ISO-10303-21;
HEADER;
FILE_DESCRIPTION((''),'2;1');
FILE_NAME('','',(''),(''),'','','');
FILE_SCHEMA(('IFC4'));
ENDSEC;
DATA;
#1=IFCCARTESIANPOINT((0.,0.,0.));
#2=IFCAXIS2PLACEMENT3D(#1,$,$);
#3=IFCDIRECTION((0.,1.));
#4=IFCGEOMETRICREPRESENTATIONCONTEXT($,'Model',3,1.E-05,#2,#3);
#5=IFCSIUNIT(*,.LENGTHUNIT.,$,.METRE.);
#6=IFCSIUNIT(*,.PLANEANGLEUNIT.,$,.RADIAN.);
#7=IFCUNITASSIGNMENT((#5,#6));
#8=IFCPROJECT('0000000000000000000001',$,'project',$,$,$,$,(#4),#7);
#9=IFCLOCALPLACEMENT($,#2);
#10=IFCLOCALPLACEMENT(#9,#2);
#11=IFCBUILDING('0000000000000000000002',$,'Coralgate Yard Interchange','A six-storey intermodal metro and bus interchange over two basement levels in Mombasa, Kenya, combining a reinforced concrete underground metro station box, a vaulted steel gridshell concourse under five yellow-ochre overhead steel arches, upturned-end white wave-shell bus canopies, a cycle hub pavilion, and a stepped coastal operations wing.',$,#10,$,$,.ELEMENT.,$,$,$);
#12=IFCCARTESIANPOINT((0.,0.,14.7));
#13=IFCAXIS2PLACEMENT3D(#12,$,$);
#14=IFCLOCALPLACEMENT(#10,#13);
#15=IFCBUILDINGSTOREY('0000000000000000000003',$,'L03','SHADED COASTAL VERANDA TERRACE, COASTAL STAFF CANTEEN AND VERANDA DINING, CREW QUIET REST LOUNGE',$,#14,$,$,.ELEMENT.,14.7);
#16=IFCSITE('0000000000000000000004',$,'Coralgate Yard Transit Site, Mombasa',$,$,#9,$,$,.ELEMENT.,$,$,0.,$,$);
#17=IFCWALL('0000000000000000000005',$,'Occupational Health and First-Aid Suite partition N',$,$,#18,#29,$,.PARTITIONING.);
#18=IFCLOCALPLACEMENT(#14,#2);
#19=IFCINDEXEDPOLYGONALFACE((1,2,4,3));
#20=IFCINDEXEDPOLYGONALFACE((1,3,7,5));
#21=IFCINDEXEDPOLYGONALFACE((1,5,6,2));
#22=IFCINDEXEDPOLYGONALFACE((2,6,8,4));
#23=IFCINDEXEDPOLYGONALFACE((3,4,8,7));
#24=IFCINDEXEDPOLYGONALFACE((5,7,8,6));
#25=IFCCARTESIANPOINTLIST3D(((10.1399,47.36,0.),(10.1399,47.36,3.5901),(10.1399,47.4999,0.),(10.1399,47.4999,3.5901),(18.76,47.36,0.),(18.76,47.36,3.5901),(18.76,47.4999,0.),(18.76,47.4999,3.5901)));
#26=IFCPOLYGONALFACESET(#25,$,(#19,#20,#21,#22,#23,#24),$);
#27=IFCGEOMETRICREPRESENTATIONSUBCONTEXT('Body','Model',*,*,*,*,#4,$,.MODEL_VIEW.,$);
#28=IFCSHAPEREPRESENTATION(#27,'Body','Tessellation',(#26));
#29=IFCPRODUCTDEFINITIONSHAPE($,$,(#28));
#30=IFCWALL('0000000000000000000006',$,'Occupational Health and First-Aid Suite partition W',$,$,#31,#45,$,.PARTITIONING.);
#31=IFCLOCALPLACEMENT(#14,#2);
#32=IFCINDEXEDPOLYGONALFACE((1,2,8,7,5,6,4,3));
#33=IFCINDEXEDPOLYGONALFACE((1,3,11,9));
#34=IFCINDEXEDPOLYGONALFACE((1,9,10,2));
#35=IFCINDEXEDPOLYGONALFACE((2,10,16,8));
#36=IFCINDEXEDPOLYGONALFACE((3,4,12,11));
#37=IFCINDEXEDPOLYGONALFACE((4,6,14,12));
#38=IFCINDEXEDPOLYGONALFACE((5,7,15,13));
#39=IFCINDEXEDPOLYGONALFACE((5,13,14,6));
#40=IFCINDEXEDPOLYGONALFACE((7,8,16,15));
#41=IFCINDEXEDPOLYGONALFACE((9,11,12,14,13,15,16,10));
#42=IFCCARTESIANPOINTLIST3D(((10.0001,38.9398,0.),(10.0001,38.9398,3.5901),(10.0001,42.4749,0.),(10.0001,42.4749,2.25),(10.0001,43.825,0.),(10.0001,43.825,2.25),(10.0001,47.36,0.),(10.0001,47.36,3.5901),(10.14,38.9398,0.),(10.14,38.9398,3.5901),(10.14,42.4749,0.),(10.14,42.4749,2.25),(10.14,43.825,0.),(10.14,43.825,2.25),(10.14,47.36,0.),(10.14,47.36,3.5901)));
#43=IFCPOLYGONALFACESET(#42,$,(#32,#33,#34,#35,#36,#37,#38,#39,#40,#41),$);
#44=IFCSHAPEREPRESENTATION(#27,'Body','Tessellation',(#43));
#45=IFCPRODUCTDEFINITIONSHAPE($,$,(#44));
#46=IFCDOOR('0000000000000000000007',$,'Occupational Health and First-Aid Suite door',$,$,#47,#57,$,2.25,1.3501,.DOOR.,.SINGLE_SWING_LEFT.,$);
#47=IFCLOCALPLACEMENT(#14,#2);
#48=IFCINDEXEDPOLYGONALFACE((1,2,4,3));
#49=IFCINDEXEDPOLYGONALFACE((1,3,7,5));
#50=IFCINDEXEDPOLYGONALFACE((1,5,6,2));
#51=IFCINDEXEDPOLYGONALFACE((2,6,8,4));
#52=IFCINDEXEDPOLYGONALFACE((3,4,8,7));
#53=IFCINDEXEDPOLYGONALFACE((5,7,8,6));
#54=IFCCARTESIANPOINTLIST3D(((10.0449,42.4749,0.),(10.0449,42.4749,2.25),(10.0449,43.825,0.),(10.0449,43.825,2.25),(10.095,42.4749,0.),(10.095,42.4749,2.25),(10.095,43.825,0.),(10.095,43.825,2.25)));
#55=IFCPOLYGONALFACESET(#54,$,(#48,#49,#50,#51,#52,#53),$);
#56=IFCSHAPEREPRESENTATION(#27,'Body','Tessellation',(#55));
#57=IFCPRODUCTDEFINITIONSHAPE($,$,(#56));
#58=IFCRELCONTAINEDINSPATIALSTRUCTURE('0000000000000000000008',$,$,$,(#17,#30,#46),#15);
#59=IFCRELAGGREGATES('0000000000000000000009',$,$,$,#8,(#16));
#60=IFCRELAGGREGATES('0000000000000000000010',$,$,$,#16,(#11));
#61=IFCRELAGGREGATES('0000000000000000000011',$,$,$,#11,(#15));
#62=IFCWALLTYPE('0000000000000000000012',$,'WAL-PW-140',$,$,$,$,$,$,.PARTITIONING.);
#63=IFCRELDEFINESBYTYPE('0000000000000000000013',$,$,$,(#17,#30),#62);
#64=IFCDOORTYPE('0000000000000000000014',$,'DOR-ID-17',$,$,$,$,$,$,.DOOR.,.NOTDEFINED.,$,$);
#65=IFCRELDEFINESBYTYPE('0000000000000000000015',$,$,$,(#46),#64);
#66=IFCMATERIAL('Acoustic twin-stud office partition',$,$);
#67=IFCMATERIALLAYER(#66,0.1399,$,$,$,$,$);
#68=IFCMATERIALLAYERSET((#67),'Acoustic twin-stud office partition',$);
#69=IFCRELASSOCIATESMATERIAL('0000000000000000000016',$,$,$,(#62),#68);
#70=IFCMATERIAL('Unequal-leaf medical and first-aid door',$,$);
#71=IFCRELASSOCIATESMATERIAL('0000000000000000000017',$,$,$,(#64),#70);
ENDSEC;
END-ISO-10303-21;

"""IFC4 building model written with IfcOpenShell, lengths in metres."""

from ifc_helpers import new_model, si_unit, direction, frame, frame_2d, origin, place, context, subcontext, project, spatial, rectangle, extrude, material, layer, layer_set, type_object, element, fill, save


model = new_model("IFC4")

# Units and contexts
model_context = context("Model", 3, precision=1e-05, world=origin(), true_north=direction((0.0, 1.0)))
body_context = subcontext(model_context, "Body", "Model", "MODEL_VIEW")
ifc_project = project(units=[si_unit("LENGTHUNIT", "METRE"), si_unit("PLANEANGLEUNIT", "RADIAN")], contexts=[model_context])

# Site, building, storey
site_placement = place(None, origin())
site = spatial("IfcSite", under=ifc_project, at=site_placement, Name="Coralgate Yard Transit Site, Mombasa", CompositionType="ELEMENT", RefElevation=0.0)
building_placement = place(site_placement, origin())
building = spatial("IfcBuilding", under=site, at=building_placement, Name="Coralgate Yard Interchange", Description="A six-storey intermodal metro and bus interchange over two basement levels in Mombasa, Kenya, combining a reinforced concrete underground metro station box, a vaulted steel gridshell concourse under five yellow-ochre overhead steel arches, upturned-end white wave-shell bus canopies, a cycle hub pavilion, and a stepped coastal operations wing.", CompositionType="ELEMENT")
storey_placement = place(building_placement, frame((0.0, 0.0, 14.7)))
storey = spatial("IfcBuildingStorey", under=building, at=storey_placement, Name="L03", Description="SHADED COASTAL VERANDA TERRACE, COASTAL STAFF CANTEEN AND VERANDA DINING, CREW QUIET REST LOUNGE", CompositionType="ELEMENT", Elevation=14.7)

# Wall
ifc_material_1 = material(Name="Acoustic twin-stud office partition")
ifc_layer_1 = layer(ifc_material_1, 0.1399)
ifc_layer_set_1 = layer_set([ifc_layer_1], Name="Acoustic twin-stud office partition")
wall_type = type_object("IfcWallType", Name="WAL-PW-140", PredefinedType="PARTITIONING", material=ifc_layer_set_1)
wall_1_placement = place(storey_placement, frame((10.1399, 47.4299, 0.0), z_axis=(0.0, 0.0, 1.0), x_axis=(1.0, 0.0, 0.0)))
element("IfcWall", 1, at=wall_1_placement, inside=storey, type_object=wall_type, Name="Occupational Health and First-Aid Suite partition N", PredefinedType="PARTITIONING", context=body_context, shape_type="SweptSolid", body=[
    extrude(rectangle(XDim=8.6201, YDim=0.1399, at=frame_2d((4.3101, 0.0))), origin(), (0.0, 0.0, 1.0), 3.5901),
])

# Wall, opening, door
wall_2_placement = place(storey_placement, frame((10.0701, 38.9399, 0.0), z_axis=(0.0, 0.0, 1.0), x_axis=(0.0, 1.0, 0.0)))
wall_2 = element("IfcWall", 2, at=wall_2_placement, inside=storey, type_object=wall_type, Name="Occupational Health and First-Aid Suite partition W", PredefinedType="PARTITIONING", context=body_context, shape_type="SweptSolid", body=[
    extrude(rectangle(XDim=8.4202, YDim=0.1399, at=frame_2d((4.21, 0.0))), origin(), (0.0, 0.0, 1.0), 3.5901),
])
opening_placement = place(wall_2_placement, frame((3.5349, 0.0, 0.0)))
opening = element("IfcOpeningElement", 3, at=opening_placement, cuts=wall_2, PredefinedType="OPENING", context=body_context, shape_type="SweptSolid", body=[
    extrude(rectangle(XDim=1.3501, YDim=2.25, at=frame_2d((0.675, 1.125))), frame((0.0, 0.0798, 0.0), z_axis=(0.0, -1.0, 0.0), x_axis=(1.0, 0.0, 0.0)), (0.0, 0.0, 1.0), 0.1599),
])
ifc_material_2 = material(Name="Unequal-leaf medical and first-aid door")
door_type = type_object("IfcDoorType", Name="DOR-ID-17", OperationType="NOTDEFINED", PredefinedType="DOOR", material=ifc_material_2)
door_placement = place(opening_placement, frame((1.3501, 0.0, 0.0), z_axis=(0.0, 0.0, 1.0), x_axis=(-1.0, 0.0, 0.0)))
door = element("IfcDoor", 4, at=door_placement, inside=storey, type_object=door_type, Name="Occupational Health and First-Aid Suite door", OperationType="SINGLE_SWING_LEFT", OverallHeight=2.25, OverallWidth=1.3501, PredefinedType="DOOR", context=body_context, shape_type="SweptSolid", body=[
    extrude(rectangle(XDim=1.3501, YDim=2.25, at=frame_2d((0.675, 1.125))), frame((0.0, 0.0249, 0.0), z_axis=(0.0, -1.0, 0.0), x_axis=(1.0, 0.0, 0.0)), (0.0, 0.0, 1.0), 0.05),
])
fill(opening, door)

save(model, "model.ifc")
